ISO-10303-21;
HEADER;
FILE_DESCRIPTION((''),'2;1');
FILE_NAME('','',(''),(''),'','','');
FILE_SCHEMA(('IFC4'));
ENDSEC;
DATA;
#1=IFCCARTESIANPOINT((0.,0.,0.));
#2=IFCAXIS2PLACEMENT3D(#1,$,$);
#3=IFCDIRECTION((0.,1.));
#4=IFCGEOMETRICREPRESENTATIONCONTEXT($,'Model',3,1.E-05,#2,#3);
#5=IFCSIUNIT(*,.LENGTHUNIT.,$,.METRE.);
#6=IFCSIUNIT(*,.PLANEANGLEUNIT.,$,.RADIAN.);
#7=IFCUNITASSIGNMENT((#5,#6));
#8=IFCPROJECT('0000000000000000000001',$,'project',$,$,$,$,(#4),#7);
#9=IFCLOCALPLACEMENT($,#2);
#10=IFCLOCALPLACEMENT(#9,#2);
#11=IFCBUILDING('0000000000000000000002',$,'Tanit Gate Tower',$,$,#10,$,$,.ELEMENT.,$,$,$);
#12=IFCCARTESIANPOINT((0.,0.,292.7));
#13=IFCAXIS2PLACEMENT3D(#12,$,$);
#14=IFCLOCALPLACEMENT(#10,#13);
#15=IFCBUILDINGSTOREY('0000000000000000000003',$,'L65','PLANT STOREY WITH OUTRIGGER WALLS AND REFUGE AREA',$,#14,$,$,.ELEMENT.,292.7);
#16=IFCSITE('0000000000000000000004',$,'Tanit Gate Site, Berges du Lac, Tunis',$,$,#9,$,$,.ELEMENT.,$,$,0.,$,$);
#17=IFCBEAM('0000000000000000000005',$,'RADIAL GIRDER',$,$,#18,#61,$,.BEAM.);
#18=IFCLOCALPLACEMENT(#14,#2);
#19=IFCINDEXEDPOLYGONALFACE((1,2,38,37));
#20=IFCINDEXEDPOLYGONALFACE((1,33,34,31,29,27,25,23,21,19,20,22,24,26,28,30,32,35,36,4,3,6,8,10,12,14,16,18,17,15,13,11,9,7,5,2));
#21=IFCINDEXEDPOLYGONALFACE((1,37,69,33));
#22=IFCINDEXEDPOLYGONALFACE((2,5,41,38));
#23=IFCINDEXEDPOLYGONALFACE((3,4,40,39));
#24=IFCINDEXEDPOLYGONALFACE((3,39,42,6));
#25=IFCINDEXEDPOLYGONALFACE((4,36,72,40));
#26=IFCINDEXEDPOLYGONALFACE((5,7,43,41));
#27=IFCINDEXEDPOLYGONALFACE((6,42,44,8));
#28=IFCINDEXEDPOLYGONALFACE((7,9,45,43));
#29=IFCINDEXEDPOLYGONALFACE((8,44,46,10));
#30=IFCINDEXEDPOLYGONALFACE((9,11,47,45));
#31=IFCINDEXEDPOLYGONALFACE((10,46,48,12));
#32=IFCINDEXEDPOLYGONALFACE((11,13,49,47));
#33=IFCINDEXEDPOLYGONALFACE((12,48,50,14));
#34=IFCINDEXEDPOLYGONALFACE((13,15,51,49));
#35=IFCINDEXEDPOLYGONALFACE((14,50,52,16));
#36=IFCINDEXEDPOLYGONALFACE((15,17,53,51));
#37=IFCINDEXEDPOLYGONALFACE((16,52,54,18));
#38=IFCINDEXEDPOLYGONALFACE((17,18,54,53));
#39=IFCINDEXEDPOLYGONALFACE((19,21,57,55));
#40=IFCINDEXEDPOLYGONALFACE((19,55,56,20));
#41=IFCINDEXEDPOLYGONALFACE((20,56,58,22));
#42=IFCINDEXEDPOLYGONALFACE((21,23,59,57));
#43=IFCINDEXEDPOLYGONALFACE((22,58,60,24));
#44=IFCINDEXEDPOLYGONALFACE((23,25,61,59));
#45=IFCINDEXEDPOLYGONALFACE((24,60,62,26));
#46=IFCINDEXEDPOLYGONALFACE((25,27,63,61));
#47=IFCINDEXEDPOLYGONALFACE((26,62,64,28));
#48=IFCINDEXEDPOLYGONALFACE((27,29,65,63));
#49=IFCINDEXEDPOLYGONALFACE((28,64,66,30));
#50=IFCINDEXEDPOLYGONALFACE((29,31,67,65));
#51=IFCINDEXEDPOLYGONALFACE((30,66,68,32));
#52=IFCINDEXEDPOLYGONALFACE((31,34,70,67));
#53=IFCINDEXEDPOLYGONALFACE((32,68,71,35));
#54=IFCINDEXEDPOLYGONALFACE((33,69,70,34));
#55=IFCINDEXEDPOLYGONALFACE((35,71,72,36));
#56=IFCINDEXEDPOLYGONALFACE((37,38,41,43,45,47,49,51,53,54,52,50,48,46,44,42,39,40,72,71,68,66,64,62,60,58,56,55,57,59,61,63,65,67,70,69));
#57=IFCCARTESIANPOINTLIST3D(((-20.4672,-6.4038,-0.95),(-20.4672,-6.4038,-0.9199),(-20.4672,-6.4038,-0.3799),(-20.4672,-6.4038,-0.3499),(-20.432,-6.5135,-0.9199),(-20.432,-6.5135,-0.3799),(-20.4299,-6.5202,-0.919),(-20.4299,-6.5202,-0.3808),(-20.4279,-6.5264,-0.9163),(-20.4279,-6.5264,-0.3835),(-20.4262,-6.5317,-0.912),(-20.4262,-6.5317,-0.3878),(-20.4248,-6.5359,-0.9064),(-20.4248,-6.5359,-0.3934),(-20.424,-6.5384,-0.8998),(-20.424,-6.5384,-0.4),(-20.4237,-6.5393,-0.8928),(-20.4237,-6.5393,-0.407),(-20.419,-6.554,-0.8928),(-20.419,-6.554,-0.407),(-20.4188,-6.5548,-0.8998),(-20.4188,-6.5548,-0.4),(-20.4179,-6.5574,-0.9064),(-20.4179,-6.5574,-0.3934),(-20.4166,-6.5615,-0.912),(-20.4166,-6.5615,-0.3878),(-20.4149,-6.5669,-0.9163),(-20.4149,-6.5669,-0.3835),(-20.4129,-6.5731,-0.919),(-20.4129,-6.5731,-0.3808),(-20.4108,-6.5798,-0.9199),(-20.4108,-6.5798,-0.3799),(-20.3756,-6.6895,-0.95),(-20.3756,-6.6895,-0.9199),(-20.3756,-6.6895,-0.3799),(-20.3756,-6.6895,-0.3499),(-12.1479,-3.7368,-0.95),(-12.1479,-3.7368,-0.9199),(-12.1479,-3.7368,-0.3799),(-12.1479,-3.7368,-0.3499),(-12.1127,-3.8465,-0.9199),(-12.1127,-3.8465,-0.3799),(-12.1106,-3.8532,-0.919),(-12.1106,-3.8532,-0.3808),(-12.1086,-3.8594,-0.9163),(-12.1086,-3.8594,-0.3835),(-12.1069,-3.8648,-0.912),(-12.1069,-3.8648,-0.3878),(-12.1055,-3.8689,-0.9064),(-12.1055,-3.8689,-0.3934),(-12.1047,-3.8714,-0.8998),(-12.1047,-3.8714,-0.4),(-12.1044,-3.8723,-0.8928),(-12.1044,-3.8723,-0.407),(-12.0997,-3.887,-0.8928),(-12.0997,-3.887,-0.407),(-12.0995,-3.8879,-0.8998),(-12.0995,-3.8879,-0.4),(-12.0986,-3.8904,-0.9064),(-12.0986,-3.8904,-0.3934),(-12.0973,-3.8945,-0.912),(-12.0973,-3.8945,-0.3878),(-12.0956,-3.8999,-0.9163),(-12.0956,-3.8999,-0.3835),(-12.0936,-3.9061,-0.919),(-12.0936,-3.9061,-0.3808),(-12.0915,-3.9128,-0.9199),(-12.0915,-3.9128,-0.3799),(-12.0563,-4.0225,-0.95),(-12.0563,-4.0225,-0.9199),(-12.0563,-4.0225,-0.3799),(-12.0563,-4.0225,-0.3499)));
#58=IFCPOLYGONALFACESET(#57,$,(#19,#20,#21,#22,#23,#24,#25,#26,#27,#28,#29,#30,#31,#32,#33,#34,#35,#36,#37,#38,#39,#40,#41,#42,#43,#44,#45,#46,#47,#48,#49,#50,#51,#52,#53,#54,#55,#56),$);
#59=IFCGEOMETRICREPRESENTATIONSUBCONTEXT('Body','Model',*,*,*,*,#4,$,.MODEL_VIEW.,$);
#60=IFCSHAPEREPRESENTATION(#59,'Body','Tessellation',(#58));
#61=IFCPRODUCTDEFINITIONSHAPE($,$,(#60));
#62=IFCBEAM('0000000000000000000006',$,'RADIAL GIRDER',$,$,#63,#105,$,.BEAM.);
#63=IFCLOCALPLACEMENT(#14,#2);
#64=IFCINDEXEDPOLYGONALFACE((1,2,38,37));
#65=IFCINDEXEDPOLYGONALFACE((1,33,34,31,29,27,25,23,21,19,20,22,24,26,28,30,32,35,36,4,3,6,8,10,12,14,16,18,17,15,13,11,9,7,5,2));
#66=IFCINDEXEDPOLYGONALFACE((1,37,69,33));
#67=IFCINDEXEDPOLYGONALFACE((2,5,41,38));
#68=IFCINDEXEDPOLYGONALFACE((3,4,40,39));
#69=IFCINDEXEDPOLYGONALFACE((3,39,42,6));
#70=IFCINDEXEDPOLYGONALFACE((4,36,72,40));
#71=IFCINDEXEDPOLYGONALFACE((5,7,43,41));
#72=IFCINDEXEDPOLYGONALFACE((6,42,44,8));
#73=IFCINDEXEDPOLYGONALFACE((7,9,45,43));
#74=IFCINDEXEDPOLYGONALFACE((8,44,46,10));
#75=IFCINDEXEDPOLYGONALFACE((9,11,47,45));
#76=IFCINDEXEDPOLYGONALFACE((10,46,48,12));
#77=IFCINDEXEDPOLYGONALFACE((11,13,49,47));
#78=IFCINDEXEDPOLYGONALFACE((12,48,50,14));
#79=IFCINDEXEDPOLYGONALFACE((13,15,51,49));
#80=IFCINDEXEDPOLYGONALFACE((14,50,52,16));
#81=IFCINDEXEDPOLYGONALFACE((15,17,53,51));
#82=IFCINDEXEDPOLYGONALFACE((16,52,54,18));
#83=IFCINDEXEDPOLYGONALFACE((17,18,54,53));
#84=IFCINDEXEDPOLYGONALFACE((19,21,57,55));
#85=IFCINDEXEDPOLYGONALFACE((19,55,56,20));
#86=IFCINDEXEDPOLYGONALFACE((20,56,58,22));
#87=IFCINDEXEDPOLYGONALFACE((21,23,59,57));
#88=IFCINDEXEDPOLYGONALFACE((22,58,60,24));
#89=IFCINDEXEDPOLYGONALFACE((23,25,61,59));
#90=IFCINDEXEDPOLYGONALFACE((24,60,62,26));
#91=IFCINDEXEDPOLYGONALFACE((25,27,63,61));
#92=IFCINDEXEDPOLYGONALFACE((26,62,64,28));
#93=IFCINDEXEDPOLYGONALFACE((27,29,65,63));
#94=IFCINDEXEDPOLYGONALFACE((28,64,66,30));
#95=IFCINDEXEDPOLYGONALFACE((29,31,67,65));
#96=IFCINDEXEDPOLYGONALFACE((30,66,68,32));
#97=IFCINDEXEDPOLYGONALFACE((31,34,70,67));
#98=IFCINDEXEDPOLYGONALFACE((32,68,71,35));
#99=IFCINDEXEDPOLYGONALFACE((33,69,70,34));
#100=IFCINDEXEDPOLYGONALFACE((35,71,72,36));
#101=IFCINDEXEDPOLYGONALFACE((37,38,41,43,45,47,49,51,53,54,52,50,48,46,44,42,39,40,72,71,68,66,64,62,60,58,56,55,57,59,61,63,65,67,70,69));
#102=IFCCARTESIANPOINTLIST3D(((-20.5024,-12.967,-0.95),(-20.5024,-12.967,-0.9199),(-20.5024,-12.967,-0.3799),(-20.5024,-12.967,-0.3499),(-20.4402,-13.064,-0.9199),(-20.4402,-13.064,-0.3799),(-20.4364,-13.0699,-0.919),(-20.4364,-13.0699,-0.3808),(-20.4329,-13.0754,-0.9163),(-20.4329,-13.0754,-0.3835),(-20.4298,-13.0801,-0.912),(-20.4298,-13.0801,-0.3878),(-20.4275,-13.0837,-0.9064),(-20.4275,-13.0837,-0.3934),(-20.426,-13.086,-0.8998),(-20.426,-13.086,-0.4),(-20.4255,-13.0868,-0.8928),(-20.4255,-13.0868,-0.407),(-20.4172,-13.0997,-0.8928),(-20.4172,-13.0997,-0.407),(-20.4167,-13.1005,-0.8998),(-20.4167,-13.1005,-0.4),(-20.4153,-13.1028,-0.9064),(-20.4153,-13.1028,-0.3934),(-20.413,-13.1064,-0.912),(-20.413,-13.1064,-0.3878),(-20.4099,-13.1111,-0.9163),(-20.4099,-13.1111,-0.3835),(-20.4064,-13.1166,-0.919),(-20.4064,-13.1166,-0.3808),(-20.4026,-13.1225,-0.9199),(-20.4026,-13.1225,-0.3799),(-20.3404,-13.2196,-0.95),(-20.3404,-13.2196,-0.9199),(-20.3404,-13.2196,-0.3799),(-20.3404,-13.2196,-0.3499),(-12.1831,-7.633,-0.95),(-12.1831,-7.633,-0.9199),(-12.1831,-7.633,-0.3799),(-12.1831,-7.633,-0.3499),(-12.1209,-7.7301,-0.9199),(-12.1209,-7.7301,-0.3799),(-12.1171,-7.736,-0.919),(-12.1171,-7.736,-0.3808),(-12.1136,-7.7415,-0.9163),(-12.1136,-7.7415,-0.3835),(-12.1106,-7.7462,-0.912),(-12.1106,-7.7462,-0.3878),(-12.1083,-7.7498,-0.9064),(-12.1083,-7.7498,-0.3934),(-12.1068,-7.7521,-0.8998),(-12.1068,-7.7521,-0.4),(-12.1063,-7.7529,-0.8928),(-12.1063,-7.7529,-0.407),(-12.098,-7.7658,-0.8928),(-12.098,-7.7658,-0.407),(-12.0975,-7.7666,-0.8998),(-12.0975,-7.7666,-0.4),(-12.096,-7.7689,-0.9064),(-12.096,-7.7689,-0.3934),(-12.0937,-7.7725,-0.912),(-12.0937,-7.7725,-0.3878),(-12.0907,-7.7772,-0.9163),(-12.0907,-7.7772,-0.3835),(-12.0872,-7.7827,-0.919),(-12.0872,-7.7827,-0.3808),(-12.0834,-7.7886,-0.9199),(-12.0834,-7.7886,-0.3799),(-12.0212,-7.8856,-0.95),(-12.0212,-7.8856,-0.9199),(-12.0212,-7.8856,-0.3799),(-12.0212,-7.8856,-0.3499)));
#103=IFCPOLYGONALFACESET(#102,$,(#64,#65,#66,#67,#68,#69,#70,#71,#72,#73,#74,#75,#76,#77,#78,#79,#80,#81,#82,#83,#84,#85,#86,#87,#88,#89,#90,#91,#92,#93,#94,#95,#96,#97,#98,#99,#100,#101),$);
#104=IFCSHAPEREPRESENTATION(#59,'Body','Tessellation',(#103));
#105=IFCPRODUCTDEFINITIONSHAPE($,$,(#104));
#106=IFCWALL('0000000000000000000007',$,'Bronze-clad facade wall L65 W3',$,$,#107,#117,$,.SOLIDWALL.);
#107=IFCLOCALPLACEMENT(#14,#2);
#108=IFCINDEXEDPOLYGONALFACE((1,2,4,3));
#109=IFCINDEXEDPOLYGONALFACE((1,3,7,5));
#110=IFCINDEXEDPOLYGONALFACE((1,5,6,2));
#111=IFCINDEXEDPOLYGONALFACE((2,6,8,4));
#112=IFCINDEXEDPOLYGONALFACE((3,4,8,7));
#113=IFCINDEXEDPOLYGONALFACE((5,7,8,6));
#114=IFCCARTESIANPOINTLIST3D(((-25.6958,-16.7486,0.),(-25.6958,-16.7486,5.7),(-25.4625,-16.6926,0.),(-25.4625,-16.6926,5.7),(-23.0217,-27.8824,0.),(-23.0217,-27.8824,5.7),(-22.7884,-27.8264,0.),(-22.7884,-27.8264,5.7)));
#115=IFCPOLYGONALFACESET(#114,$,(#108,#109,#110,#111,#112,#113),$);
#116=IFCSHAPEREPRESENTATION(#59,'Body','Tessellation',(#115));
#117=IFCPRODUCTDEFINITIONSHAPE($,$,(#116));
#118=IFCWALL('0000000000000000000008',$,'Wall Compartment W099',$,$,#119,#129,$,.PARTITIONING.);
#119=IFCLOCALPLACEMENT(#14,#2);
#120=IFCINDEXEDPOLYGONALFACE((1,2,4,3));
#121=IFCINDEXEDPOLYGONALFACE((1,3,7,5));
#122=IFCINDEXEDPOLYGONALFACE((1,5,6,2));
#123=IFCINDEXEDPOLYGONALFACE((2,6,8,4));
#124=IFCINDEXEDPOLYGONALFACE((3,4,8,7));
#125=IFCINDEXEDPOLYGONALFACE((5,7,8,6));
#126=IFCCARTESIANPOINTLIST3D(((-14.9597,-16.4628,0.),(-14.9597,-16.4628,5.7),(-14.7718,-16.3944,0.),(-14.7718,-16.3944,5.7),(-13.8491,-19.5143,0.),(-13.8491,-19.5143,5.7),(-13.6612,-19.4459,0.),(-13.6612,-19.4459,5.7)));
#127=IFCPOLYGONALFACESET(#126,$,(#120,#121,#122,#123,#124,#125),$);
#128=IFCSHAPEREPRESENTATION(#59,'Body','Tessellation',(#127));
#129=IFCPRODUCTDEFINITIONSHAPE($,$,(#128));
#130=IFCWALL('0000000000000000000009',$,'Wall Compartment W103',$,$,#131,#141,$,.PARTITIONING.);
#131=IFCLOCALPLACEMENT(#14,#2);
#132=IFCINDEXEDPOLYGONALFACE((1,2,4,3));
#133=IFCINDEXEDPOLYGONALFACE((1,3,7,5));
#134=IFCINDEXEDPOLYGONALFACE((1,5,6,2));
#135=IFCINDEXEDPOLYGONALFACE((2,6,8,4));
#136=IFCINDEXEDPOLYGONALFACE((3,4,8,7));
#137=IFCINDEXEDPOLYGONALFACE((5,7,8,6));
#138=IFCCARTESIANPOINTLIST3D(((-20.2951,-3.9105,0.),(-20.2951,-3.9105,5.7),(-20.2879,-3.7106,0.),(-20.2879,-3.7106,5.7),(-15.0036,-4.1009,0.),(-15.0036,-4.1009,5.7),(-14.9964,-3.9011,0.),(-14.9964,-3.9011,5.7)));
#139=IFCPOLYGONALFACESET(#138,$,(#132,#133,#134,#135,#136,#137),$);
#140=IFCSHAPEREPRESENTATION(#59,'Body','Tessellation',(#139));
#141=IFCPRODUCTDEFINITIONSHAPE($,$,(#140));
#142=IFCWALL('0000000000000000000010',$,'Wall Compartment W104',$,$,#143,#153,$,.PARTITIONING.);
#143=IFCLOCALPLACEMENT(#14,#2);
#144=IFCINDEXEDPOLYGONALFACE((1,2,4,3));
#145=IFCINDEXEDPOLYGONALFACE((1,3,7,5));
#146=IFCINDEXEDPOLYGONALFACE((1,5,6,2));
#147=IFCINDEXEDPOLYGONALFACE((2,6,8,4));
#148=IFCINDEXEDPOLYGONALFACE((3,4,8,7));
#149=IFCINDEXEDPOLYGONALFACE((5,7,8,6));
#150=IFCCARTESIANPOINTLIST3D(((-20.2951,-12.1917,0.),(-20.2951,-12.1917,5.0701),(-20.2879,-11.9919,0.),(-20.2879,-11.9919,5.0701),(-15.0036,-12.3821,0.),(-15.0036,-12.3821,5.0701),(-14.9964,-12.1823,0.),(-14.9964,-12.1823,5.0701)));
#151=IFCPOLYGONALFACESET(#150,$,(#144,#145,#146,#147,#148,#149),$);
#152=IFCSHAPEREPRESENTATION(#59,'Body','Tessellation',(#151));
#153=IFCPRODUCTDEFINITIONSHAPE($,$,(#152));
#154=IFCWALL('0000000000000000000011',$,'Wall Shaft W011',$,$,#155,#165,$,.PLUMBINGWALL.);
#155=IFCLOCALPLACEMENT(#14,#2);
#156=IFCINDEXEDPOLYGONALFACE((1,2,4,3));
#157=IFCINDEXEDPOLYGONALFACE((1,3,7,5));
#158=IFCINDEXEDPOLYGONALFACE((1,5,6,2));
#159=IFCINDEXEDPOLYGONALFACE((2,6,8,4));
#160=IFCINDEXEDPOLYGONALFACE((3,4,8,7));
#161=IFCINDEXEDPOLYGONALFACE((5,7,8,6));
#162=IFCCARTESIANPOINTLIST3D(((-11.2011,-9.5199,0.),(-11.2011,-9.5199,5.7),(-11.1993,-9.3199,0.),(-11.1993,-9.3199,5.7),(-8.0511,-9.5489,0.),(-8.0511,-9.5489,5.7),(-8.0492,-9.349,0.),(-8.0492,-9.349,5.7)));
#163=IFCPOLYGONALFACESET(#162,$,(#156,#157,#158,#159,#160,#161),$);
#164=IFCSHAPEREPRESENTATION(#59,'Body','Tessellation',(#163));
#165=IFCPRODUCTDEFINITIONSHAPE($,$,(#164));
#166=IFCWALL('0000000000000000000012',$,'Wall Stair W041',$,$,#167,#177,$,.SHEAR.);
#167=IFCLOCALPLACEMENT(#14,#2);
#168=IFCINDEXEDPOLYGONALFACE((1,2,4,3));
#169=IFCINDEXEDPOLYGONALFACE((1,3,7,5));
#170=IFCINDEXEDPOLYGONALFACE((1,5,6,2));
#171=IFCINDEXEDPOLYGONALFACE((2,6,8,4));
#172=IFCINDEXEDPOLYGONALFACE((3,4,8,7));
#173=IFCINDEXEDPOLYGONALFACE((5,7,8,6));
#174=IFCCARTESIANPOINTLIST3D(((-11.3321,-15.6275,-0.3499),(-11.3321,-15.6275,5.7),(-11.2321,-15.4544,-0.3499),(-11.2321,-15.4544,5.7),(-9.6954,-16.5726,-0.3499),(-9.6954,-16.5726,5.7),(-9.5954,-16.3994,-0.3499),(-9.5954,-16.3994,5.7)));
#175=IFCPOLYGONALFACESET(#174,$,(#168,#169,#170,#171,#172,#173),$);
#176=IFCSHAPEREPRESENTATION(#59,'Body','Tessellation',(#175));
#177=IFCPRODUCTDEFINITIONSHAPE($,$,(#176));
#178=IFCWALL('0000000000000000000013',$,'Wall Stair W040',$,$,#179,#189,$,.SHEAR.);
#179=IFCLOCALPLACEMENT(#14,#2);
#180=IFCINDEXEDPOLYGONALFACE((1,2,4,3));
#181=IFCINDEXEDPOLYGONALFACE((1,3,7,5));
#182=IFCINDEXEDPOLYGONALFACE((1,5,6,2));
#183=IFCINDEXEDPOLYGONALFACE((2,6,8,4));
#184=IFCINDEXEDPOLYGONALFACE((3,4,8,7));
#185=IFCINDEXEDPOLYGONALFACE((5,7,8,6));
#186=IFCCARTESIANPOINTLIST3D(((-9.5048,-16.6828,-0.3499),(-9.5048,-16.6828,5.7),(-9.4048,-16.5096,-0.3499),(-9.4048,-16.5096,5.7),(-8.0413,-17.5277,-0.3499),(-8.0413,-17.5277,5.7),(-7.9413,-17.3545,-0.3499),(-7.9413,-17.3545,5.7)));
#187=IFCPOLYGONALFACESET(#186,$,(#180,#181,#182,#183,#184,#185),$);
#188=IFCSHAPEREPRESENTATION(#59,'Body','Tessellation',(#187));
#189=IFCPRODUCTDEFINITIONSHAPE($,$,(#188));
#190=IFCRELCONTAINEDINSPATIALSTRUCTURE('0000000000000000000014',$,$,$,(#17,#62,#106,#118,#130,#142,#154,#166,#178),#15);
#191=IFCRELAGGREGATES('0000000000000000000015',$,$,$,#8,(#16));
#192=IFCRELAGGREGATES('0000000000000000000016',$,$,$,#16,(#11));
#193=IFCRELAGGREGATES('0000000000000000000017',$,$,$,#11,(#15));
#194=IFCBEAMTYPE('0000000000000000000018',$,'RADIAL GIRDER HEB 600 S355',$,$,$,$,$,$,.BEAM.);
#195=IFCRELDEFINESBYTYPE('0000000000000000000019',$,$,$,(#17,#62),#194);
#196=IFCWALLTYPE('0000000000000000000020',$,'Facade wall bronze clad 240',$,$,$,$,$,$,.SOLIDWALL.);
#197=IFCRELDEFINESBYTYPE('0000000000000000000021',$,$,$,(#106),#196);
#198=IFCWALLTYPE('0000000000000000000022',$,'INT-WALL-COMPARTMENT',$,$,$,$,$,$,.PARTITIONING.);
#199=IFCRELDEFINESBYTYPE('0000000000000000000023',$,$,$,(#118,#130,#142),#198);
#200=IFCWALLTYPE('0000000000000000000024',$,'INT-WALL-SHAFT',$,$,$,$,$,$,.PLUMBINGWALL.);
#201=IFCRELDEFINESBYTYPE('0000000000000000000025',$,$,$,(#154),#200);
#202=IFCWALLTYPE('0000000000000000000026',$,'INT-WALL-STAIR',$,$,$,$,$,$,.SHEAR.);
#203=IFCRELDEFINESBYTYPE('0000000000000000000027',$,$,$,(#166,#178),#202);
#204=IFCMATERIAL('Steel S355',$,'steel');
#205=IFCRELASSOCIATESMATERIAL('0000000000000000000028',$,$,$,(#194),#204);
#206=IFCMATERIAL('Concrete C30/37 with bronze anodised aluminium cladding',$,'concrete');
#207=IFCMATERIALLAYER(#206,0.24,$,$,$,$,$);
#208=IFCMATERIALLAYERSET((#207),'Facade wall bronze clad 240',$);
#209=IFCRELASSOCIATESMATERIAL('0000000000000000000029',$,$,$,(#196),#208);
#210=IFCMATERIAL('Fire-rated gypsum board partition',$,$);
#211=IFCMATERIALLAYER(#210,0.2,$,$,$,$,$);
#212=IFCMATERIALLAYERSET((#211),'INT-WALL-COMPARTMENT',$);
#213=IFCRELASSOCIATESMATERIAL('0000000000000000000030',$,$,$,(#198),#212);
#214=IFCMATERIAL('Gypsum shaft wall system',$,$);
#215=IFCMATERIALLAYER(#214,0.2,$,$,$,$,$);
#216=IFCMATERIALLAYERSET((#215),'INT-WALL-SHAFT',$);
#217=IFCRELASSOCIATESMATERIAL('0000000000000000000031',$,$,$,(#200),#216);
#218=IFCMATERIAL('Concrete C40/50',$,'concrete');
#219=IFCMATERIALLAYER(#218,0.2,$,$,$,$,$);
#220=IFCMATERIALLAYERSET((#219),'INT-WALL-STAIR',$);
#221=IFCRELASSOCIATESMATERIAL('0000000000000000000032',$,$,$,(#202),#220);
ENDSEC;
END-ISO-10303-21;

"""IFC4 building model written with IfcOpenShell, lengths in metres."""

from ifc_helpers import new_model, si_unit, direction, frame, frame_2d, origin, origin_2d, place, context, subcontext, project, spatial, rectangle, i_section, extrude, material, layer, layer_set, material_profile, profile_set, type_object, element, save


model = new_model("IFC4")

# Units and contexts
model_context = context("Model", 3, precision=1e-05, world=origin(), true_north=direction((0.0, 1.0)))
body_context = subcontext(model_context, "Body", "Model", "MODEL_VIEW")
ifc_project = project(units=[si_unit("LENGTHUNIT", "METRE"), si_unit("PLANEANGLEUNIT", "RADIAN")], contexts=[model_context])

# Site, building, storey
site_placement = place(None, origin())
site = spatial("IfcSite", under=ifc_project, at=site_placement, Name="Tanit Gate Site, Berges du Lac, Tunis", CompositionType="ELEMENT", RefElevation=0.0)
building_placement = place(site_placement, origin())
building = spatial("IfcBuilding", under=site, at=building_placement, Name="Tanit Gate Tower", CompositionType="ELEMENT")
storey_placement = place(building_placement, frame((0.0, 0.0, 292.7)))
storey = spatial("IfcBuildingStorey", under=building, at=storey_placement, Name="L65", Description="PLANT STOREY WITH OUTRIGGER WALLS AND REFUGE AREA", CompositionType="ELEMENT", Elevation=292.7)

# Beams
ifc_material_1 = material(Name="Steel S355", Category="steel")
ifc_material_profile_1 = material_profile(ifc_material_1, i_section(OverallWidth=0.3, OverallDepth=0.6001, WebThickness=0.0154, FlangeThickness=0.03, FilletRadius=0.0271, at=origin_2d()), Name="HEB 600")
ifc_profile_set_1 = profile_set([ifc_material_profile_1], Name="Steel S355")
beam_type_1 = type_object("IfcBeamType", Name="RADIAL GIRDER HEB 600 S355", PredefinedType="BEAM", material=ifc_profile_set_1)
beam_1_placement = place(storey_placement, frame((-20.4214, -6.5466, -0.6499), z_axis=(0.952264, 0.305275, 0.0), x_axis=(-0.305275, 0.952264, 0.0)))
element("IfcBeam", 1, at=beam_1_placement, inside=storey, type_object=beam_type_1, Name="RADIAL GIRDER", PredefinedType="BEAM", context=body_context, shape_type="SweptSolid", body=[
    extrude(i_section(OverallWidth=0.3, OverallDepth=0.6001, WebThickness=0.0154, FlangeThickness=0.03, FilletRadius=0.0271, at=origin_2d()), origin(), (0.0, 0.0, 1.0), 8.7363),
])
beam_2_placement = place(storey_placement, frame((-20.4214, -13.0933, -0.6499), z_axis=(0.84183, 0.539743, 0.0), x_axis=(-0.539743, 0.84183, 0.0)))
element("IfcBeam", 2, at=beam_2_placement, inside=storey, type_object=beam_type_1, Name="RADIAL GIRDER", PredefinedType="BEAM", context=body_context, shape_type="SweptSolid", body=[
    extrude(i_section(OverallWidth=0.3, OverallDepth=0.6001, WebThickness=0.0154, FlangeThickness=0.03, FilletRadius=0.0271, at=origin_2d()), origin(), (0.0, 0.0, 1.0), 9.8823),
])

# Walls
ifc_material_2 = material(Name="Concrete C30/37 with bronze anodised aluminium cladding", Category="concrete")
ifc_layer_1 = layer(ifc_material_2, 0.24)
ifc_layer_set_1 = layer_set([ifc_layer_1], Name="Facade wall bronze clad 240")
wall_type_1 = type_object("IfcWallType", Name="Facade wall bronze clad 240", PredefinedType="SOLIDWALL", material=ifc_layer_set_1)
wall_1_placement = place(storey_placement, frame((-25.5791, -16.7207, 0.0), z_axis=(0.0, 0.0, 1.0), x_axis=(0.233535, -0.972348, 0.0)))
element("IfcWall", 3, at=wall_1_placement, inside=storey, type_object=wall_type_1, Name="Bronze-clad facade wall L65 W3", PredefinedType="SOLIDWALL", context=body_context, shape_type="SweptSolid", body=[
    extrude(rectangle(XDim=11.4504, YDim=0.24, at=frame_2d((5.7251, 0.0))), origin(), (0.0, 0.0, 1.0), 5.7),
])
ifc_material_3 = material(Name="Fire-rated gypsum board partition")
ifc_layer_2 = layer(ifc_material_3, 0.2)
ifc_layer_set_2 = layer_set([ifc_layer_2], Name="INT-WALL-COMPARTMENT")
wall_type_2 = type_object("IfcWallType", Name="INT-WALL-COMPARTMENT", PredefinedType="PARTITIONING", material=ifc_layer_set_2)
wall_2_placement = place(storey_placement, frame((-14.8657, -16.4287, 0.0), z_axis=(0.0, 0.0, 1.0), x_axis=(0.342003, -0.939699, 0.0)))
element("IfcWall", 4, at=wall_2_placement, inside=storey, type_object=wall_type_2, Name="Wall Compartment W099", PredefinedType="PARTITIONING", context=body_context, shape_type="SweptSolid", body=[
    extrude(rectangle(XDim=3.2473, YDim=0.2, at=frame_2d((1.6235, 0.0))), origin(), (0.0, 0.0, 1.0), 5.7),
])
wall_3_placement = place(storey_placement, frame((-15.0, -4.001, 0.0), z_axis=(0.0, 0.0, 1.0), x_axis=(-0.999353, 0.035965, 0.0)))
element("IfcWall", 5, at=wall_3_placement, inside=storey, type_object=wall_type_2, Name="Wall Compartment W103", PredefinedType="PARTITIONING", context=body_context, shape_type="SweptSolid", body=[
    extrude(rectangle(XDim=5.2949, YDim=0.2, at=frame_2d((2.6475, 0.0))), origin(), (0.0, 0.0, 1.0), 5.7),
])
wall_4_placement = place(storey_placement, frame((-15.0, -12.2822, 0.0), z_axis=(0.0, 0.0, 1.0), x_axis=(-0.999353, 0.035965, 0.0)))
element("IfcWall", 6, at=wall_4_placement, inside=storey, type_object=wall_type_2, Name="Wall Compartment W104", PredefinedType="PARTITIONING", context=body_context, shape_type="SweptSolid", body=[
    extrude(rectangle(XDim=5.2949, YDim=0.2, at=frame_2d((2.6475, 0.0))), origin(), (0.0, 0.0, 1.0), 5.0701),
])
ifc_material_4 = material(Name="Gypsum shaft wall system")
ifc_layer_3 = layer(ifc_material_4, 0.2)
ifc_layer_set_3 = layer_set([ifc_layer_3], Name="INT-WALL-SHAFT")
wall_type_3 = type_object("IfcWallType", Name="INT-WALL-SHAFT", PredefinedType="PLUMBINGWALL", material=ifc_layer_set_3)
wall_5_placement = place(storey_placement, frame((-8.05, -9.449, 0.0), z_axis=(0.0, 0.0, 1.0), x_axis=(-0.999957, 0.009223, 0.0)))
element("IfcWall", 7, at=wall_5_placement, inside=storey, type_object=wall_type_3, Name="Wall Shaft W011", PredefinedType="PLUMBINGWALL", context=body_context, shape_type="SweptSolid", body=[
    extrude(rectangle(XDim=3.1501, YDim=0.2, at=frame_2d((1.5752, 0.0))), origin(), (0.0, 0.0, 1.0), 5.7),
])
ifc_material_5 = material(Name="Concrete C40/50", Category="concrete")
ifc_layer_4 = layer(ifc_material_5, 0.2)
ifc_layer_set_4 = layer_set([ifc_layer_4], Name="INT-WALL-STAIR")
wall_type_4 = type_object("IfcWallType", Name="INT-WALL-STAIR", PredefinedType="SHEAR", material=ifc_layer_set_4)
wall_6_placement = place(storey_placement, frame((-11.282, -15.541, -0.3499), z_axis=(0.0, 0.0, 1.0), x_axis=(0.866001, -0.500043, 0.0)))
element("IfcWall", 8, at=wall_6_placement, inside=storey, type_object=wall_type_4, Name="Wall Stair W041", PredefinedType="SHEAR", context=body_context, shape_type="SweptSolid", body=[
    extrude(rectangle(XDim=1.8899, YDim=0.2, at=frame_2d((0.9448, 0.0))), origin(), (0.0, 0.0, 1.0), 6.0498),
])
wall_7_placement = place(storey_placement, frame((-9.4548, -16.5962, -0.3499), z_axis=(0.0, 0.0, 1.0), x_axis=(0.866039, -0.499977, 0.0)))
element("IfcWall", 9, at=wall_7_placement, inside=storey, type_object=wall_type_4, Name="Wall Stair W040", PredefinedType="SHEAR", context=body_context, shape_type="SweptSolid", body=[
    extrude(rectangle(XDim=1.6899, YDim=0.2, at=frame_2d((0.845, 0.0))), origin(), (0.0, 0.0, 1.0), 6.0498),
])

save(model, "model.ifc")
